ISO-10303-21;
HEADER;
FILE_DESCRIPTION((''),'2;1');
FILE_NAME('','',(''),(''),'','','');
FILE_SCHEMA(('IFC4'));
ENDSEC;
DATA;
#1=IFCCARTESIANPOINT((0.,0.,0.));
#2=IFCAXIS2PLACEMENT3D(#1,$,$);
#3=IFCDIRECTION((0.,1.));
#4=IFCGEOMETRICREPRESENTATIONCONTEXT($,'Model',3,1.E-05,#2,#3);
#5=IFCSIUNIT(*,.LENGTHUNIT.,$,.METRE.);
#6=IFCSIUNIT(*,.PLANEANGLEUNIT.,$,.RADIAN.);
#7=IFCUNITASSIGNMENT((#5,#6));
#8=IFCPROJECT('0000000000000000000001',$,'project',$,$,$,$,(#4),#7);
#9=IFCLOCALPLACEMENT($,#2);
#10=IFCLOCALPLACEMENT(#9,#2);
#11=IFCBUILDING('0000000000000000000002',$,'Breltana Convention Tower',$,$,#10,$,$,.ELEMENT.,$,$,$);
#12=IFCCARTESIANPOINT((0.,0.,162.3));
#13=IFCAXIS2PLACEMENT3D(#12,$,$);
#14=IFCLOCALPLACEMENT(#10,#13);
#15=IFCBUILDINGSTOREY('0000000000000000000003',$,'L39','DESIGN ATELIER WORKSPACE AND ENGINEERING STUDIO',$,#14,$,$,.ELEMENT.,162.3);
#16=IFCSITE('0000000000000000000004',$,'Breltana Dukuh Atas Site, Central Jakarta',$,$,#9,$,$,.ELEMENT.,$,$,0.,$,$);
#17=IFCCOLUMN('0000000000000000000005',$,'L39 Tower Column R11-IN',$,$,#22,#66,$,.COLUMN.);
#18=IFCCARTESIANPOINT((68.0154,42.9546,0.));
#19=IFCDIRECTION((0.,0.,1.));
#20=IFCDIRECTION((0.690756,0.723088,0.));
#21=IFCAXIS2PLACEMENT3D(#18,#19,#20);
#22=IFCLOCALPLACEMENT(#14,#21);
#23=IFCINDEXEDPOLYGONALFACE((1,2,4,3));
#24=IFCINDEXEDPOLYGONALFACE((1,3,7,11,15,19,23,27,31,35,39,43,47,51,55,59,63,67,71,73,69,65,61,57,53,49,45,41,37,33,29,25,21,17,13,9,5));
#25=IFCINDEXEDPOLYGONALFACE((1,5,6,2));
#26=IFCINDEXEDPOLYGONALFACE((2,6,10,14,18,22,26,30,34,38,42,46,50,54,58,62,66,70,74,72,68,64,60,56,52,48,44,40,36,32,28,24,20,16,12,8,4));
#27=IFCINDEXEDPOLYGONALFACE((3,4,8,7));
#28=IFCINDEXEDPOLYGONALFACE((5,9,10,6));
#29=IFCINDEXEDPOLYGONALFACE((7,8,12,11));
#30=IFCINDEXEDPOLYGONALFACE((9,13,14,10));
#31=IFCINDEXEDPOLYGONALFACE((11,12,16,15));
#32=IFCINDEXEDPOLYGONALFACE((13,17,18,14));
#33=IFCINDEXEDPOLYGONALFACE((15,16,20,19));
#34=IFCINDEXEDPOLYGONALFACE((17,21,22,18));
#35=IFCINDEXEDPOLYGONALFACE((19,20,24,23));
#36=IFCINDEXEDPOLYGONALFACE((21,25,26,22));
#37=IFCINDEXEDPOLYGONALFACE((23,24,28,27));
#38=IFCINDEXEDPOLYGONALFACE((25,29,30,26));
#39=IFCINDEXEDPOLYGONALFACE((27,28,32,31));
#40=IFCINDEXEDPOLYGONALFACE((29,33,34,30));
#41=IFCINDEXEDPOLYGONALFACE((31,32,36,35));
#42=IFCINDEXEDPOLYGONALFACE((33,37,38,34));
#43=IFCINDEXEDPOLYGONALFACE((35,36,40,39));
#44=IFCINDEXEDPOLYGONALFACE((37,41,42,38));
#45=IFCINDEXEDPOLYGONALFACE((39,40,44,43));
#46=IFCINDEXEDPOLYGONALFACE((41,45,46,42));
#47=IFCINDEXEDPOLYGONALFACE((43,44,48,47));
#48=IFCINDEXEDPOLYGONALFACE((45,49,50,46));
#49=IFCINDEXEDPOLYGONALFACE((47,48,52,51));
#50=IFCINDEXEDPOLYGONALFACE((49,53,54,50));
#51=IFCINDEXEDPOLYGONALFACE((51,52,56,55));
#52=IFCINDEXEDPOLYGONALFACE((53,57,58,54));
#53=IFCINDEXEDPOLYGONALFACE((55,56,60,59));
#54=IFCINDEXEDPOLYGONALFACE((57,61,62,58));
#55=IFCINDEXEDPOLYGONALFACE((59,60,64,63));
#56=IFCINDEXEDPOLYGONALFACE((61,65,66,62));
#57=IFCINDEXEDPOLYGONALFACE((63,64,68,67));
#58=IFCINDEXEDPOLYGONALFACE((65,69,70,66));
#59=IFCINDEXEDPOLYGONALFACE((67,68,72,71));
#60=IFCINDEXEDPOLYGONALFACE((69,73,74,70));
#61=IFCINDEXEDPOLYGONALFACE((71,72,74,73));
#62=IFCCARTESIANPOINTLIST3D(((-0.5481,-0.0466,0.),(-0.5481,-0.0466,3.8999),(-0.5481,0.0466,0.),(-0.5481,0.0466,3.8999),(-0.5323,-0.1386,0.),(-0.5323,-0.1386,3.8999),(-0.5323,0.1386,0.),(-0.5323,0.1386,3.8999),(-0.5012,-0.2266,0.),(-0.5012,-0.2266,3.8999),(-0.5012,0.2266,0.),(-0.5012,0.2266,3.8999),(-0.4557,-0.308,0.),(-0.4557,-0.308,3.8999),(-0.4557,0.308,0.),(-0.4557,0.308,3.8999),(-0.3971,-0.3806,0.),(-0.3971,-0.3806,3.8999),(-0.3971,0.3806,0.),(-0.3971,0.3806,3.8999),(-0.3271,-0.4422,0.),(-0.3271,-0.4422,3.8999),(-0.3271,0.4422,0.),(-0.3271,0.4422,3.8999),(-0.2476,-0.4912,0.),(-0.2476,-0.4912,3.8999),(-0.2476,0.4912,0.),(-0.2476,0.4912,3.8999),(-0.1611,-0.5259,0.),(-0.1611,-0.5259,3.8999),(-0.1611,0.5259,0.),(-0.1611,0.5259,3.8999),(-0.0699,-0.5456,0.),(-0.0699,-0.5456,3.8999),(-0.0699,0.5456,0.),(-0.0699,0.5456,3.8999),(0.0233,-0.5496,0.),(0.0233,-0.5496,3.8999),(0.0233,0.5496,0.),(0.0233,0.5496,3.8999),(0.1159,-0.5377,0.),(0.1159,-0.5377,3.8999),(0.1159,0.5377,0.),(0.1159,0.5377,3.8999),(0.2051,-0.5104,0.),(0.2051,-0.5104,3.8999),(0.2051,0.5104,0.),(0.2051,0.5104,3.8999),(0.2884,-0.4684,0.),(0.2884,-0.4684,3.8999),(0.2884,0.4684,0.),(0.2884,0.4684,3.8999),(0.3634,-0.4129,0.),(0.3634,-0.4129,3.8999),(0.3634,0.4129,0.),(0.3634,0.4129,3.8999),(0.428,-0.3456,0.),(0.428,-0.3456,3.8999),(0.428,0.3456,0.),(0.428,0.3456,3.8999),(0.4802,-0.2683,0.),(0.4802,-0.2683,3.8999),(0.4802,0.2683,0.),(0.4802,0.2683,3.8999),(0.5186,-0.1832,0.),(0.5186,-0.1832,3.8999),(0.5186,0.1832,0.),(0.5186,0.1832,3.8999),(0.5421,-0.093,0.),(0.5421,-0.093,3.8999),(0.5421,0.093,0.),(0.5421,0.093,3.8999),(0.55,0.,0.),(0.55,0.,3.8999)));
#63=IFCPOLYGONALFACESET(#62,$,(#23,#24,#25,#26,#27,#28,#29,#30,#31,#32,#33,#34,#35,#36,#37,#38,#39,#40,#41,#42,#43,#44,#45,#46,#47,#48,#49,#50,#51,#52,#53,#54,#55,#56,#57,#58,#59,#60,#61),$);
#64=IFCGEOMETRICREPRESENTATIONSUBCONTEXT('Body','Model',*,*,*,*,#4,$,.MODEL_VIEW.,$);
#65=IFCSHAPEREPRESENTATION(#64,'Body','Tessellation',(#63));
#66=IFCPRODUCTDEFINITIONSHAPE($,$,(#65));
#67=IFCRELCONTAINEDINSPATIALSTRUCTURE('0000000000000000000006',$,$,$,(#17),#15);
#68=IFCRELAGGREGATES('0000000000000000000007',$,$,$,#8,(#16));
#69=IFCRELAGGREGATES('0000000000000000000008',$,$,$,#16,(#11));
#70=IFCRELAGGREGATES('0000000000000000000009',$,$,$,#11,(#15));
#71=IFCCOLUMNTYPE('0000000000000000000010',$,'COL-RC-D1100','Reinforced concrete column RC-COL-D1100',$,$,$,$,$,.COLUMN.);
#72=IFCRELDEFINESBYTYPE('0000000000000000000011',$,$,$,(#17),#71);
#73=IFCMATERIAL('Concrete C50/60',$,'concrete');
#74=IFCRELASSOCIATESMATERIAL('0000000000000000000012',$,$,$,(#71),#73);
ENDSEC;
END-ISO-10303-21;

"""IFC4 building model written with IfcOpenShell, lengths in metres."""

from ifc_helpers import new_model, si_unit, direction, frame, origin, origin_2d, place, context, subcontext, project, spatial, circle, extrude, source, transform, mapped, material, material_profile, profile_set, type_object, element, save


model = new_model("IFC4")

# Units and contexts
model_context = context("Model", 3, precision=1e-05, world=origin(), true_north=direction((0.0, 1.0)))
body_context = subcontext(model_context, "Body", "Model", "MODEL_VIEW")
ifc_project = project(units=[si_unit("LENGTHUNIT", "METRE"), si_unit("PLANEANGLEUNIT", "RADIAN")], contexts=[model_context])

# Site, building, storey
site_placement = place(None, origin())
site = spatial("IfcSite", under=ifc_project, at=site_placement, Name="Breltana Dukuh Atas Site, Central Jakarta", CompositionType="ELEMENT", RefElevation=0.0)
building_placement = place(site_placement, origin())
building = spatial("IfcBuilding", under=site, at=building_placement, Name="Breltana Convention Tower", CompositionType="ELEMENT")
storey_placement = place(building_placement, frame((0.0, 0.0, 162.3)))
storey = spatial("IfcBuildingStorey", under=building, at=storey_placement, Name="L39", Description="DESIGN ATELIER WORKSPACE AND ENGINEERING STUDIO", CompositionType="ELEMENT", Elevation=162.3)

# Column
ifc_material_1 = material(Name="Concrete C50/60", Category="concrete")
ifc_material_profile_1 = material_profile(ifc_material_1, circle(Radius=0.55, at=origin_2d()), Name="RC-COL-D1100")
ifc_profile_set_1 = profile_set([ifc_material_profile_1], Name="Concrete C50/60")
column_type = type_object("IfcColumnType", Name="COL-RC-D1100", Description="Reinforced concrete column RC-COL-D1100", PredefinedType="COLUMN", material=ifc_profile_set_1)
shared_shape_1 = source(origin(), body_context, "Body", "SweptSolid", [
    extrude(circle(Radius=0.55, at=origin_2d()), origin(), (0.0, 0.0, 1.0), 3.8999),
])
column_placement = place(storey_placement, frame((68.0154, 42.9546, 0.0), z_axis=(0.0, 0.0, 1.0), x_axis=(0.690756, 0.723088, 0.0)))
element("IfcColumn", 1, at=column_placement, inside=storey, type_object=column_type, Name="L39 Tower Column R11-IN", PredefinedType="COLUMN", context=body_context, shape_type="MappedRepresentation", body=[
    mapped(shared_shape_1, transform((0.0, 0.0, 0.0), scale=1.0)),
])

save(model, "model.ifc")
